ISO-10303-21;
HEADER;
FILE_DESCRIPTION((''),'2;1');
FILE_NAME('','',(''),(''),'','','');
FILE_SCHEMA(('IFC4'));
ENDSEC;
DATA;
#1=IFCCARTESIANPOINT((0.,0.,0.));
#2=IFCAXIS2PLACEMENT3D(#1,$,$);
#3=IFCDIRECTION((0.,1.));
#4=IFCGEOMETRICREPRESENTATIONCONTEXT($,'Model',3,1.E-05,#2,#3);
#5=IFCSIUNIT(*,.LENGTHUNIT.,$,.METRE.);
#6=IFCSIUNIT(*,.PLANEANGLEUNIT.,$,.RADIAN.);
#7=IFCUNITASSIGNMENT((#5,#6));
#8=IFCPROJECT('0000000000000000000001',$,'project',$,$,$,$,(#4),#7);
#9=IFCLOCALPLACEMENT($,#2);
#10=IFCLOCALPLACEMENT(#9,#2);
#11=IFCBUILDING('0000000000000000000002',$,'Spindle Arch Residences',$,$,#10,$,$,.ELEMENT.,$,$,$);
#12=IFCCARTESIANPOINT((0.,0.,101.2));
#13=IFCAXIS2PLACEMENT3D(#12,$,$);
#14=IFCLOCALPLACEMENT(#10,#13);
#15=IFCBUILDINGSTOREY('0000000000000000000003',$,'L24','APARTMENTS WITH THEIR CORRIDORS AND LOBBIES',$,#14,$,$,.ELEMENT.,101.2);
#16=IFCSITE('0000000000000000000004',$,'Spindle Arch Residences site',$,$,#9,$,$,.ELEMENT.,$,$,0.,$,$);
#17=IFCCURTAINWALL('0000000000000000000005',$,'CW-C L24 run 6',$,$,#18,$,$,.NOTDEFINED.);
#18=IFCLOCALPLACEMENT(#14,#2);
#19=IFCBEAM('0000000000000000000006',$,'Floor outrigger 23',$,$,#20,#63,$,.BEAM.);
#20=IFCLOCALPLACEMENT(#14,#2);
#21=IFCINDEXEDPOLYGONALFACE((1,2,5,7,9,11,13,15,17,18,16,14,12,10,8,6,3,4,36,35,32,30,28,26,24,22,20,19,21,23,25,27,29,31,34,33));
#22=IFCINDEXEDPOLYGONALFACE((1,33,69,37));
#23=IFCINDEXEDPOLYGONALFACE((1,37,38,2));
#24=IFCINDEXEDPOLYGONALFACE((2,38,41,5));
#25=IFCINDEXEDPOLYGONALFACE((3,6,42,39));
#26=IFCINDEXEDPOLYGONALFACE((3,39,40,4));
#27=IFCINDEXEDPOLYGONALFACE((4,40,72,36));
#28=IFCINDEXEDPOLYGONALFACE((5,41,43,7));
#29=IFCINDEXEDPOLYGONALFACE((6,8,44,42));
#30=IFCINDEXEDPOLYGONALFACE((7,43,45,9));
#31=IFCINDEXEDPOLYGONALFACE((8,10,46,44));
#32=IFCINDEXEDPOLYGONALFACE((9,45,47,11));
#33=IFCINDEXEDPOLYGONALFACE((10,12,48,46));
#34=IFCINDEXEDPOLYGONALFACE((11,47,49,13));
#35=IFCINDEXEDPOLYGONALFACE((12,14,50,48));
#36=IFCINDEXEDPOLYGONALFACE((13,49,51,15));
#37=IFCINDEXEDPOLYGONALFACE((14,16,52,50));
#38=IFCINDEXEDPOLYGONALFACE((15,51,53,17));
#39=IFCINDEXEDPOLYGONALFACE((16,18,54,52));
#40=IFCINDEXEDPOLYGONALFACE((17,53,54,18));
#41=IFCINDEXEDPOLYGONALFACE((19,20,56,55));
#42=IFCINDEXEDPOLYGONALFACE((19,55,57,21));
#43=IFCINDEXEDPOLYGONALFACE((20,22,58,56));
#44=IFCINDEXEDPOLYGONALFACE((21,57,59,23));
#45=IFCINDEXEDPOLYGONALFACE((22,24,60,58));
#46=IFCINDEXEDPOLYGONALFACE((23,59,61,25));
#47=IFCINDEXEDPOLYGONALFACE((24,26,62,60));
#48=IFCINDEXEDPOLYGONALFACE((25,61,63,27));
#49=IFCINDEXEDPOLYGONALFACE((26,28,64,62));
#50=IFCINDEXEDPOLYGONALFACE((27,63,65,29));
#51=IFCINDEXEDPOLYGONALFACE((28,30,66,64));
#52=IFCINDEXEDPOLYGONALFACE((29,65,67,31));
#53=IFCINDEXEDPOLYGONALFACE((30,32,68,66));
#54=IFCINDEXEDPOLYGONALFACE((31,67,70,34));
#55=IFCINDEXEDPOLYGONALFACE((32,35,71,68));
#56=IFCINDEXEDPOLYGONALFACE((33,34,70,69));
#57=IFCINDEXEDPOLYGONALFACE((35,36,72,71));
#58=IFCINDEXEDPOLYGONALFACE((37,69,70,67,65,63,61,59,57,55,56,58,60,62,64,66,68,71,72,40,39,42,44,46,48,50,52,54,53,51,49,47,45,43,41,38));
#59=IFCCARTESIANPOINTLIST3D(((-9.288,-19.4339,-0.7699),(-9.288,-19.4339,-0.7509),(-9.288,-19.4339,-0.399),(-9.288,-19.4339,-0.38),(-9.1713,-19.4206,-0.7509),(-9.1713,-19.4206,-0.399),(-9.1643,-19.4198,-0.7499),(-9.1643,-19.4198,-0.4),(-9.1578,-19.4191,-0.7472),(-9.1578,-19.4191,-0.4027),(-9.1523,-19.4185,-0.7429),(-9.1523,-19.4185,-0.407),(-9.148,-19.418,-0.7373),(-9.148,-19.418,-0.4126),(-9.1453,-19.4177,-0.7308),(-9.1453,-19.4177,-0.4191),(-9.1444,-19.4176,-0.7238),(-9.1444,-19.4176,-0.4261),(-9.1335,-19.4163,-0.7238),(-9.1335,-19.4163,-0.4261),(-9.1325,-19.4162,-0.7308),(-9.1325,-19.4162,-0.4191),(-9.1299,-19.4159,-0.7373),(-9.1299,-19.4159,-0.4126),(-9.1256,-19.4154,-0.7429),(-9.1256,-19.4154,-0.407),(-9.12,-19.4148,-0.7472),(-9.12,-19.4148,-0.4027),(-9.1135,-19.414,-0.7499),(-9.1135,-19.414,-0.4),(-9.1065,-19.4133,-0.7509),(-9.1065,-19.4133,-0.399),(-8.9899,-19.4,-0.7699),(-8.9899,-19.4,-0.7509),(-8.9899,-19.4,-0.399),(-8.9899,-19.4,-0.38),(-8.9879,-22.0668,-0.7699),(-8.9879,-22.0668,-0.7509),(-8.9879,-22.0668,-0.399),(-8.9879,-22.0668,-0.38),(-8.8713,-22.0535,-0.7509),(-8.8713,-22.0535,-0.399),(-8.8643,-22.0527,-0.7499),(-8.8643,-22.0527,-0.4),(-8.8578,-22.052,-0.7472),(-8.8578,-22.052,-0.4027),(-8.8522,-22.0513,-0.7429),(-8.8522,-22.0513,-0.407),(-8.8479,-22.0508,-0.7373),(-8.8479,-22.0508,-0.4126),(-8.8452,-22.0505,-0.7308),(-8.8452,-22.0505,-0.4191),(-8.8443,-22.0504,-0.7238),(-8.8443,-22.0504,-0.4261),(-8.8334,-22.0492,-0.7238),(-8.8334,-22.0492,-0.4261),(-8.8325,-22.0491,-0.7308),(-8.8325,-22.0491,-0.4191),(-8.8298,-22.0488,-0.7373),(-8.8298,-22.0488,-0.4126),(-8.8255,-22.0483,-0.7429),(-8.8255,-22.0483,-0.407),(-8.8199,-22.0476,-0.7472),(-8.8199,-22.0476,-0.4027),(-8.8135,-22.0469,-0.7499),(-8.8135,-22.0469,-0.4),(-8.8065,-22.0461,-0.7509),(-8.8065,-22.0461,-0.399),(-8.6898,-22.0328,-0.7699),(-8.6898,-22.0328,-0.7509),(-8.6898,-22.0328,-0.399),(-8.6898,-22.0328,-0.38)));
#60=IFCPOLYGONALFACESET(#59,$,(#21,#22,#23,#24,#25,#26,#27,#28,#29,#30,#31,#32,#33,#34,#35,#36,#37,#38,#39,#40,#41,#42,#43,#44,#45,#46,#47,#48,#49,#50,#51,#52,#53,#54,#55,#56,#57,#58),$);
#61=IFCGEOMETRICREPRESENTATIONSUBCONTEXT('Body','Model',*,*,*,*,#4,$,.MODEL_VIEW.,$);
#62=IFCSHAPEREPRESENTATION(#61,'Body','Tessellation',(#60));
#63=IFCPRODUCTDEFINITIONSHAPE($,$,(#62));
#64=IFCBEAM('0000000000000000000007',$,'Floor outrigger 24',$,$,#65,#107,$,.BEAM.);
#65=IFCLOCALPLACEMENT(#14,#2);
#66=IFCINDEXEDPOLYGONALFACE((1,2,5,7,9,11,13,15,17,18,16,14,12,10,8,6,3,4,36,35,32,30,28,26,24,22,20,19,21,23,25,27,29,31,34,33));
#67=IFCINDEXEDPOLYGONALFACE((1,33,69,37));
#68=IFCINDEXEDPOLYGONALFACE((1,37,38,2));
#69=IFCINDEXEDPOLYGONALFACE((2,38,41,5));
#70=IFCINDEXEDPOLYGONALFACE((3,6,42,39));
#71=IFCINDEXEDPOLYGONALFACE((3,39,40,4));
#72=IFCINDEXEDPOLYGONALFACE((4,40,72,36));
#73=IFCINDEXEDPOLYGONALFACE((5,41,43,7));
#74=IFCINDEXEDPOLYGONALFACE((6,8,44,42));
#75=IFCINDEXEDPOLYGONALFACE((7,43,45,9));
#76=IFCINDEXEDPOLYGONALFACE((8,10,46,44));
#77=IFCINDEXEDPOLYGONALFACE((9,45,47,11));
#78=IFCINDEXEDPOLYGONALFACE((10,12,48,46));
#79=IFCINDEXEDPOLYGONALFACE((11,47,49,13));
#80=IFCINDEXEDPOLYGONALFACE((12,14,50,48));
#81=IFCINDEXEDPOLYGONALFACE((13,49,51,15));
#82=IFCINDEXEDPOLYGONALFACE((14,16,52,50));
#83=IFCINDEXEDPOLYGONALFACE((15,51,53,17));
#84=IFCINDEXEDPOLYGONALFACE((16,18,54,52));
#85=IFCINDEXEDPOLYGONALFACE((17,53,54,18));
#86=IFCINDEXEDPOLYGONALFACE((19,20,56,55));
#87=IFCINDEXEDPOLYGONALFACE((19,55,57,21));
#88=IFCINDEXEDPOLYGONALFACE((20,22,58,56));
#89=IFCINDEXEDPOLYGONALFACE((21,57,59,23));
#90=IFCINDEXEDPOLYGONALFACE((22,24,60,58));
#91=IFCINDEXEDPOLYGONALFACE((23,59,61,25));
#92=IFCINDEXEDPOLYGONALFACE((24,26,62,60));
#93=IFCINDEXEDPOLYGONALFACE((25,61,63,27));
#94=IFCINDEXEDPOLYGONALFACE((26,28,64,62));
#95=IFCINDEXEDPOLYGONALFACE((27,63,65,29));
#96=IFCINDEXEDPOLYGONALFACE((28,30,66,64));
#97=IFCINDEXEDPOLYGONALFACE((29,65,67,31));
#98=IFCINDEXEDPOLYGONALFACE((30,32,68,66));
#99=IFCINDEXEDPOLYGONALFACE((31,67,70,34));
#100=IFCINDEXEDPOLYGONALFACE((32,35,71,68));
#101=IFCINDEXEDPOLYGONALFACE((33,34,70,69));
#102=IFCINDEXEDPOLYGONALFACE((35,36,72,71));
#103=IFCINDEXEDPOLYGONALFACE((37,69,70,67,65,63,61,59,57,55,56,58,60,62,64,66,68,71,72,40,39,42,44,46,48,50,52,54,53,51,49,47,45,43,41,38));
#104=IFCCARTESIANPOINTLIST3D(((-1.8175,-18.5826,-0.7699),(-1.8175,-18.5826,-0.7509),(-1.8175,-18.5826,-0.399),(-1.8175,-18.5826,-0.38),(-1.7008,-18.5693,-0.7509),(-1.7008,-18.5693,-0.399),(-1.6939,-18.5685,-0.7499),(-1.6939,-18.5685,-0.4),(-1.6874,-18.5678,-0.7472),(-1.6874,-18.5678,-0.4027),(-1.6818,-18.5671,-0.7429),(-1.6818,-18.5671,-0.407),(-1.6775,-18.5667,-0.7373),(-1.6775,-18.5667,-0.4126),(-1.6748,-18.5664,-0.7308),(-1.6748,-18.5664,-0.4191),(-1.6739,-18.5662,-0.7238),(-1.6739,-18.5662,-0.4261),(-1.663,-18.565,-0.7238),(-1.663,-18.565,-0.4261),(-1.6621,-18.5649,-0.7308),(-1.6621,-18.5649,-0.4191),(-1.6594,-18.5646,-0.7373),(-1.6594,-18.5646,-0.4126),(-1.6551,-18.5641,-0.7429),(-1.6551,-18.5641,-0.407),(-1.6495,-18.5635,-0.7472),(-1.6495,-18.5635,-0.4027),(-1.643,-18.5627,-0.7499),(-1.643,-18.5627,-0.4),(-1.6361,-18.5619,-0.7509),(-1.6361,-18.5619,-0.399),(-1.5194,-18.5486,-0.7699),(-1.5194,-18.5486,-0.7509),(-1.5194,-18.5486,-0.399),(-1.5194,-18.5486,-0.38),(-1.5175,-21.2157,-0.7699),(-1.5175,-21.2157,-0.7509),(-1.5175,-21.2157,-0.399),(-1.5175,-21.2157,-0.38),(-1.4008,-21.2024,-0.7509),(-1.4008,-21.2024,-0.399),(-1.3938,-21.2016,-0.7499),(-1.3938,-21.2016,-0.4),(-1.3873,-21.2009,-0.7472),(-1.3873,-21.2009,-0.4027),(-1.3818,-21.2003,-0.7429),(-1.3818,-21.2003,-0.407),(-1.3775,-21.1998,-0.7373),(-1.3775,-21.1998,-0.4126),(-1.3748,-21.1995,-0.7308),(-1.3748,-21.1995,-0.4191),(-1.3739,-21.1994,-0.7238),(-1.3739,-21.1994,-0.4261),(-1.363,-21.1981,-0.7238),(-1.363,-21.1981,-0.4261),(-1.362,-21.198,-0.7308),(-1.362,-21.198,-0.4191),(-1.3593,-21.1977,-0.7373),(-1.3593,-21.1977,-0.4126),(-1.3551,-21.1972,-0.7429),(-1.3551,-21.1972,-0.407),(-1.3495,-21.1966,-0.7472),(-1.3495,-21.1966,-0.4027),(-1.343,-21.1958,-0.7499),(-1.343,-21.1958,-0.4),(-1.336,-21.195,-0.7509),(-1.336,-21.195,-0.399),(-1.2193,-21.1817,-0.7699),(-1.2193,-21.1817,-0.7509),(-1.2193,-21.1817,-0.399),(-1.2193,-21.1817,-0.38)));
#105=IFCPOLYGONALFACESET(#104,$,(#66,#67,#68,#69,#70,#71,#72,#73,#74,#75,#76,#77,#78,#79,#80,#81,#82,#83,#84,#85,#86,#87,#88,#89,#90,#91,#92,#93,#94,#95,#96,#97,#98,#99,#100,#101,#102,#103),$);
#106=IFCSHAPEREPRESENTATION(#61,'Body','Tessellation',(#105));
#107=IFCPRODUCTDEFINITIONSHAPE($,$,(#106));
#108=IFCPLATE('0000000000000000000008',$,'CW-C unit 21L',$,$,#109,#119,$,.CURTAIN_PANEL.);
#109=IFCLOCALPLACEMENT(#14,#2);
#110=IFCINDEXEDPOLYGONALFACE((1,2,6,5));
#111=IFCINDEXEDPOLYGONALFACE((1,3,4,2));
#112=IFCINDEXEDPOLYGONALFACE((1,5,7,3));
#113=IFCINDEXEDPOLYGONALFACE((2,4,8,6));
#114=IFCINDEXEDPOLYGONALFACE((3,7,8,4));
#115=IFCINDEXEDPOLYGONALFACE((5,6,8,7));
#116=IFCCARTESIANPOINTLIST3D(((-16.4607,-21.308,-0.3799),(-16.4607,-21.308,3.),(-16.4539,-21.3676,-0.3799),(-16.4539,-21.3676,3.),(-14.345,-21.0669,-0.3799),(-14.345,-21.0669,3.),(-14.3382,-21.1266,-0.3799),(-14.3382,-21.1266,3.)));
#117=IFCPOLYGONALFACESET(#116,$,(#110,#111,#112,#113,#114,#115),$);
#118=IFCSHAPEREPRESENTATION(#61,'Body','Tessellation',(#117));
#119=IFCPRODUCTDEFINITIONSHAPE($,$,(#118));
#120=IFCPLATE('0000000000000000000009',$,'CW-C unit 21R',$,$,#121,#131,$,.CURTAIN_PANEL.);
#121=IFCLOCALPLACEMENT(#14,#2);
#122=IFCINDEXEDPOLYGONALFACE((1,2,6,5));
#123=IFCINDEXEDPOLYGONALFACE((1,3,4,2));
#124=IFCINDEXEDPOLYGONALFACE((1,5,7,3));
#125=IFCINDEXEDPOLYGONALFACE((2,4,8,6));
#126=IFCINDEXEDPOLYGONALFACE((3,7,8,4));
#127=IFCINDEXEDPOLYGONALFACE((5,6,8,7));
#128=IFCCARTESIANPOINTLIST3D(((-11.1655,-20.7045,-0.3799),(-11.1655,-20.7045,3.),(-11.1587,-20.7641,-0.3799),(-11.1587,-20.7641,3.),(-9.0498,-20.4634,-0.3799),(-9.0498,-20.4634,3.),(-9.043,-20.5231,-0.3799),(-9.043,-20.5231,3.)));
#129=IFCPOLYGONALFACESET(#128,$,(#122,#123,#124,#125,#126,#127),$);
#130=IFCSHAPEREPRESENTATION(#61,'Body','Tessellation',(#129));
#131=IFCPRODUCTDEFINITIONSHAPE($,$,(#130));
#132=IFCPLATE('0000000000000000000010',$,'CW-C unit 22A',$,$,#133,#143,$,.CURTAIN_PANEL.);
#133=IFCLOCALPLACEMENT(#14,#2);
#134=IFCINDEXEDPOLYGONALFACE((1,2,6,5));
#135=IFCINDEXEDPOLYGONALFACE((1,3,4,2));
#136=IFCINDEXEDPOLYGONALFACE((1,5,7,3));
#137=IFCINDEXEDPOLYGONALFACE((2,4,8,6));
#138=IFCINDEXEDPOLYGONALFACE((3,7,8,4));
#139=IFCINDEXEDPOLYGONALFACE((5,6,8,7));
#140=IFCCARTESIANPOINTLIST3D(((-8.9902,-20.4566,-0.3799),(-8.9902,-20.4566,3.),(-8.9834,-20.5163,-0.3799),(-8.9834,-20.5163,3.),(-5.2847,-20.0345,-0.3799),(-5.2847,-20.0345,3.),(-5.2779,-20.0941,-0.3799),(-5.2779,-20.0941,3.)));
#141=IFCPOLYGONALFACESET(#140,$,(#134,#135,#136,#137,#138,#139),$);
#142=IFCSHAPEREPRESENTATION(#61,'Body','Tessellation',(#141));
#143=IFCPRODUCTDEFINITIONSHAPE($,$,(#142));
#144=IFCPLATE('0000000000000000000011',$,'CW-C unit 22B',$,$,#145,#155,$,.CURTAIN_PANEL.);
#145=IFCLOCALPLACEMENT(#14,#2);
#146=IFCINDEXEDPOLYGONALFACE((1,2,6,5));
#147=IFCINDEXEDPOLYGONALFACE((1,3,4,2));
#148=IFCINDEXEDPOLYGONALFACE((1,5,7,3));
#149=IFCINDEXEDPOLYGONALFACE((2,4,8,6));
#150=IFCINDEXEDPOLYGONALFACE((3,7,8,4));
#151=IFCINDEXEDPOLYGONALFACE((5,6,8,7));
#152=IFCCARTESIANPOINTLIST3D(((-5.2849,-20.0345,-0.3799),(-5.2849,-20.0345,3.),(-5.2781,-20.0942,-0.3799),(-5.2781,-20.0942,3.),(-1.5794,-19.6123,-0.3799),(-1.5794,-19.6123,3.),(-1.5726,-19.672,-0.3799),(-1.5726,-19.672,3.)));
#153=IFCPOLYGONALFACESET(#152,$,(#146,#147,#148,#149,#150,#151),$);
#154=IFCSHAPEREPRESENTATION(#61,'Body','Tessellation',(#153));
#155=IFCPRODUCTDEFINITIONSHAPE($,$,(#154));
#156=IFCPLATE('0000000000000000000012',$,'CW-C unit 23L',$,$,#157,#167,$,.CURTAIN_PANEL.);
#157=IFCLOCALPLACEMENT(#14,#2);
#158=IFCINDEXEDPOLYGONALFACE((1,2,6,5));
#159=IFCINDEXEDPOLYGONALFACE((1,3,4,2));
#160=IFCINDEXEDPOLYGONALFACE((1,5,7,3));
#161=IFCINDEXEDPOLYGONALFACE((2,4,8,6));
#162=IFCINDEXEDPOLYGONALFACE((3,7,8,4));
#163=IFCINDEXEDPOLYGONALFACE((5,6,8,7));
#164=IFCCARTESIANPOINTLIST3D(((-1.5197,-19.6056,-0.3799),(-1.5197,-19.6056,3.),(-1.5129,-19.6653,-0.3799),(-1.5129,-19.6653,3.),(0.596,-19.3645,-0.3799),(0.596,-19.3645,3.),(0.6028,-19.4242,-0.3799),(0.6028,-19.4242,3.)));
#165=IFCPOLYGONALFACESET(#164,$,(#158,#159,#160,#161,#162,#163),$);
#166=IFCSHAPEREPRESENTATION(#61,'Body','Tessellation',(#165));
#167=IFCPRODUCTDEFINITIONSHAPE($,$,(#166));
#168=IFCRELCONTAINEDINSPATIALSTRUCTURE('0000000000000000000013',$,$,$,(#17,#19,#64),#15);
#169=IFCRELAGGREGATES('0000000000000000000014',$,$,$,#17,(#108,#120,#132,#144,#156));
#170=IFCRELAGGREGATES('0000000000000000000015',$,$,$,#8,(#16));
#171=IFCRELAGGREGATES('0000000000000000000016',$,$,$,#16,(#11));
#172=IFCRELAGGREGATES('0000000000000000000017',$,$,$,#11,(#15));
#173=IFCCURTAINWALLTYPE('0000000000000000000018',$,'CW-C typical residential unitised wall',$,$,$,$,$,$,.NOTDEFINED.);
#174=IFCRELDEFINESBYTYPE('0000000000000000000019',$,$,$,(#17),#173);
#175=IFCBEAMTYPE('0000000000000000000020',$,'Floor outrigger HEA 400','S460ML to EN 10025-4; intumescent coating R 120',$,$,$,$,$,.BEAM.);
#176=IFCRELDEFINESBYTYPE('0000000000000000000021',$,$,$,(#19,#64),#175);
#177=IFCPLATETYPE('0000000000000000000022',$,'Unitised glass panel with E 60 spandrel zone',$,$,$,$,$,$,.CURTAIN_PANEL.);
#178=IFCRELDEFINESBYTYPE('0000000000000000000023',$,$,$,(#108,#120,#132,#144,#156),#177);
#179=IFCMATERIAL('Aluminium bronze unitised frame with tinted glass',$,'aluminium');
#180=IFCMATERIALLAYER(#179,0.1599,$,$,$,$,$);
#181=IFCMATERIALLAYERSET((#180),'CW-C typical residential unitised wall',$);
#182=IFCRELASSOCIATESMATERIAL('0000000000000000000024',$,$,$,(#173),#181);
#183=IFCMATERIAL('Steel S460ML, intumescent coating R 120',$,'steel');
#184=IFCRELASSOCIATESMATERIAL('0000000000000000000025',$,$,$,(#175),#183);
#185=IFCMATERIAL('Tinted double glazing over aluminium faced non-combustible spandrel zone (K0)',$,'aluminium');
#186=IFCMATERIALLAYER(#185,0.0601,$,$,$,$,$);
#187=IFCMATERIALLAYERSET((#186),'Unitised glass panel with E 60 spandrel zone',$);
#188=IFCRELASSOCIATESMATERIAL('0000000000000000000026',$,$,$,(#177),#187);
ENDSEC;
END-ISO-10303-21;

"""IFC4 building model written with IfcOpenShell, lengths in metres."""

from ifc_helpers import new_model, si_unit, direction, frame, origin, origin_2d, place, context, subcontext, project, spatial, rectangle, i_section, extrude, material, layer, layer_set, material_profile, profile_set, type_object, element, aggregate, save


model = new_model("IFC4")

# Units and contexts
model_context = context("Model", 3, precision=1e-05, world=origin(), true_north=direction((0.0, 1.0)))
body_context = subcontext(model_context, "Body", "Model", "MODEL_VIEW")
ifc_project = project(units=[si_unit("LENGTHUNIT", "METRE"), si_unit("PLANEANGLEUNIT", "RADIAN")], contexts=[model_context])

# Site, building, storey
site_placement = place(None, origin())
site = spatial("IfcSite", under=ifc_project, at=site_placement, Name="Spindle Arch Residences site", CompositionType="ELEMENT", RefElevation=0.0)
building_placement = place(site_placement, origin())
building = spatial("IfcBuilding", under=site, at=building_placement, Name="Spindle Arch Residences", CompositionType="ELEMENT")
storey_placement = place(building_placement, frame((0.0, 0.0, 101.2)))
storey = spatial("IfcBuildingStorey", under=building, at=storey_placement, Name="L24", Description="APARTMENTS WITH THEIR CORRIDORS AND LOBBIES", CompositionType="ELEMENT", Elevation=101.2)

# Curtain wall
ifc_material_1 = material(Name="Aluminium bronze unitised frame with tinted glass", Category="aluminium")
ifc_layer_1 = layer(ifc_material_1, 0.1599)
ifc_layer_set_1 = layer_set([ifc_layer_1], Name="CW-C typical residential unitised wall")
curtain_wall_type = type_object("IfcCurtainWallType", Name="CW-C typical residential unitised wall", PredefinedType="NOTDEFINED", material=ifc_layer_set_1)
curtain_wall_placement = place(storey_placement, origin())
curtain_wall = element("IfcCurtainWall", 1, at=curtain_wall_placement, inside=storey, type_object=curtain_wall_type, Name="CW-C L24 run 6", PredefinedType="NOTDEFINED")

# Beams
ifc_material_2 = material(Name="Steel S460ML, intumescent coating R 120", Category="steel")
ifc_material_profile_1 = material_profile(ifc_material_2, i_section(OverallWidth=0.3, OverallDepth=0.3899, WebThickness=0.011, FlangeThickness=0.019, FilletRadius=0.0271, at=origin_2d()), Name="HEA 400")
ifc_profile_set_1 = profile_set([ifc_material_profile_1], Name="Steel S460ML, intumescent coating R 120")
beam_type_1 = type_object("IfcBeamType", Name="Floor outrigger HEA 400", Description="S460ML to EN 10025-4; intumescent coating R 120", PredefinedType="BEAM", material=ifc_profile_set_1)
beam_1_placement = place(storey_placement, frame((-8.8389, -22.0498, -0.575), z_axis=(-0.113232, 0.993569, 0.0), x_axis=(-0.993569, -0.113232, 0.0)))
element("IfcBeam", 2, at=beam_1_placement, inside=storey, type_object=beam_type_1, Name="Floor outrigger 23", PredefinedType="BEAM", context=body_context, shape_type="SweptSolid", body=[
    extrude(i_section(OverallWidth=0.3, OverallDepth=0.3899, WebThickness=0.011, FlangeThickness=0.019, FilletRadius=0.0271, at=origin_2d()), origin(), (0.0, 0.0, 1.0), 2.6499),
])
beam_2_placement = place(storey_placement, frame((-1.3684, -21.1987, -0.575), z_axis=(-0.113222, 0.99357, 0.0), x_axis=(-0.99357, -0.113222, 0.0)))
element("IfcBeam", 3, at=beam_2_placement, inside=storey, type_object=beam_type_1, Name="Floor outrigger 24", PredefinedType="BEAM", context=body_context, shape_type="SweptSolid", body=[
    extrude(i_section(OverallWidth=0.3, OverallDepth=0.3899, WebThickness=0.011, FlangeThickness=0.019, FilletRadius=0.0271, at=origin_2d()), origin(), (0.0, 0.0, 1.0), 2.6501),
])

# Plates
ifc_material_3 = material(Name="Tinted double glazing over aluminium faced non-combustible spandrel zone (K0)", Category="aluminium")
ifc_layer_2 = layer(ifc_material_3, 0.0601)
ifc_layer_set_2 = layer_set([ifc_layer_2], Name="Unitised glass panel with E 60 spandrel zone")
plate_type = type_object("IfcPlateType", Name="Unitised glass panel with E 60 spandrel zone", PredefinedType="CURTAIN_PANEL", material=ifc_layer_set_2)
plate_1_placement = place(storey_placement, frame((-15.3994, -21.2173, -0.3799), z_axis=(0.0, 0.0, 1.0), x_axis=(0.993572, 0.113203, 0.0)))
plate_1 = element("IfcPlate", 4, at=plate_1_placement, type_object=plate_type, Name="CW-C unit 21L", PredefinedType="CURTAIN_PANEL", context=body_context, shape_type="SweptSolid", body=[
    extrude(rectangle(XDim=2.1294, YDim=0.0601, at=origin_2d()), origin(), (0.0, 0.0, 1.0), 3.3799),
])
plate_2_placement = place(storey_placement, frame((-10.1042, -20.6138, -0.3799), z_axis=(0.0, 0.0, 1.0), x_axis=(0.993572, 0.113203, 0.0)))
plate_2 = element("IfcPlate", 5, at=plate_2_placement, type_object=plate_type, Name="CW-C unit 21R", PredefinedType="CURTAIN_PANEL", context=body_context, shape_type="SweptSolid", body=[
    extrude(rectangle(XDim=2.1294, YDim=0.0601, at=origin_2d()), origin(), (0.0, 0.0, 1.0), 3.3799),
])
plate_3_placement = place(storey_placement, frame((-7.134, -20.2754, -0.3799), z_axis=(0.0, 0.0, 1.0), x_axis=(0.993572, 0.113203, 0.0)))
plate_3 = element("IfcPlate", 6, at=plate_3_placement, type_object=plate_type, Name="CW-C unit 22A", PredefinedType="CURTAIN_PANEL", context=body_context, shape_type="SweptSolid", body=[
    extrude(rectangle(XDim=3.7295, YDim=0.0601, at=origin_2d()), origin(), (0.0, 0.0, 1.0), 3.3799),
])
plate_4_placement = place(storey_placement, frame((-3.4287, -19.8533, -0.3799), z_axis=(0.0, 0.0, 1.0), x_axis=(0.993572, 0.113203, 0.0)))
plate_4 = element("IfcPlate", 7, at=plate_4_placement, type_object=plate_type, Name="CW-C unit 22B", PredefinedType="CURTAIN_PANEL", context=body_context, shape_type="SweptSolid", body=[
    extrude(rectangle(XDim=3.7295, YDim=0.0601, at=origin_2d()), origin(), (0.0, 0.0, 1.0), 3.3799),
])
plate_5_placement = place(storey_placement, frame((-0.4585, -19.5149, -0.3799), z_axis=(0.0, 0.0, 1.0), x_axis=(0.993572, 0.113203, 0.0)))
plate_5 = element("IfcPlate", 8, at=plate_5_placement, type_object=plate_type, Name="CW-C unit 23L", PredefinedType="CURTAIN_PANEL", context=body_context, shape_type="SweptSolid", body=[
    extrude(rectangle(XDim=2.1294, YDim=0.0601, at=origin_2d()), origin(), (0.0, 0.0, 1.0), 3.3799),
])
aggregate(curtain_wall, [plate_1, plate_2, plate_3, plate_4, plate_5])

save(model, "model.ifc")
